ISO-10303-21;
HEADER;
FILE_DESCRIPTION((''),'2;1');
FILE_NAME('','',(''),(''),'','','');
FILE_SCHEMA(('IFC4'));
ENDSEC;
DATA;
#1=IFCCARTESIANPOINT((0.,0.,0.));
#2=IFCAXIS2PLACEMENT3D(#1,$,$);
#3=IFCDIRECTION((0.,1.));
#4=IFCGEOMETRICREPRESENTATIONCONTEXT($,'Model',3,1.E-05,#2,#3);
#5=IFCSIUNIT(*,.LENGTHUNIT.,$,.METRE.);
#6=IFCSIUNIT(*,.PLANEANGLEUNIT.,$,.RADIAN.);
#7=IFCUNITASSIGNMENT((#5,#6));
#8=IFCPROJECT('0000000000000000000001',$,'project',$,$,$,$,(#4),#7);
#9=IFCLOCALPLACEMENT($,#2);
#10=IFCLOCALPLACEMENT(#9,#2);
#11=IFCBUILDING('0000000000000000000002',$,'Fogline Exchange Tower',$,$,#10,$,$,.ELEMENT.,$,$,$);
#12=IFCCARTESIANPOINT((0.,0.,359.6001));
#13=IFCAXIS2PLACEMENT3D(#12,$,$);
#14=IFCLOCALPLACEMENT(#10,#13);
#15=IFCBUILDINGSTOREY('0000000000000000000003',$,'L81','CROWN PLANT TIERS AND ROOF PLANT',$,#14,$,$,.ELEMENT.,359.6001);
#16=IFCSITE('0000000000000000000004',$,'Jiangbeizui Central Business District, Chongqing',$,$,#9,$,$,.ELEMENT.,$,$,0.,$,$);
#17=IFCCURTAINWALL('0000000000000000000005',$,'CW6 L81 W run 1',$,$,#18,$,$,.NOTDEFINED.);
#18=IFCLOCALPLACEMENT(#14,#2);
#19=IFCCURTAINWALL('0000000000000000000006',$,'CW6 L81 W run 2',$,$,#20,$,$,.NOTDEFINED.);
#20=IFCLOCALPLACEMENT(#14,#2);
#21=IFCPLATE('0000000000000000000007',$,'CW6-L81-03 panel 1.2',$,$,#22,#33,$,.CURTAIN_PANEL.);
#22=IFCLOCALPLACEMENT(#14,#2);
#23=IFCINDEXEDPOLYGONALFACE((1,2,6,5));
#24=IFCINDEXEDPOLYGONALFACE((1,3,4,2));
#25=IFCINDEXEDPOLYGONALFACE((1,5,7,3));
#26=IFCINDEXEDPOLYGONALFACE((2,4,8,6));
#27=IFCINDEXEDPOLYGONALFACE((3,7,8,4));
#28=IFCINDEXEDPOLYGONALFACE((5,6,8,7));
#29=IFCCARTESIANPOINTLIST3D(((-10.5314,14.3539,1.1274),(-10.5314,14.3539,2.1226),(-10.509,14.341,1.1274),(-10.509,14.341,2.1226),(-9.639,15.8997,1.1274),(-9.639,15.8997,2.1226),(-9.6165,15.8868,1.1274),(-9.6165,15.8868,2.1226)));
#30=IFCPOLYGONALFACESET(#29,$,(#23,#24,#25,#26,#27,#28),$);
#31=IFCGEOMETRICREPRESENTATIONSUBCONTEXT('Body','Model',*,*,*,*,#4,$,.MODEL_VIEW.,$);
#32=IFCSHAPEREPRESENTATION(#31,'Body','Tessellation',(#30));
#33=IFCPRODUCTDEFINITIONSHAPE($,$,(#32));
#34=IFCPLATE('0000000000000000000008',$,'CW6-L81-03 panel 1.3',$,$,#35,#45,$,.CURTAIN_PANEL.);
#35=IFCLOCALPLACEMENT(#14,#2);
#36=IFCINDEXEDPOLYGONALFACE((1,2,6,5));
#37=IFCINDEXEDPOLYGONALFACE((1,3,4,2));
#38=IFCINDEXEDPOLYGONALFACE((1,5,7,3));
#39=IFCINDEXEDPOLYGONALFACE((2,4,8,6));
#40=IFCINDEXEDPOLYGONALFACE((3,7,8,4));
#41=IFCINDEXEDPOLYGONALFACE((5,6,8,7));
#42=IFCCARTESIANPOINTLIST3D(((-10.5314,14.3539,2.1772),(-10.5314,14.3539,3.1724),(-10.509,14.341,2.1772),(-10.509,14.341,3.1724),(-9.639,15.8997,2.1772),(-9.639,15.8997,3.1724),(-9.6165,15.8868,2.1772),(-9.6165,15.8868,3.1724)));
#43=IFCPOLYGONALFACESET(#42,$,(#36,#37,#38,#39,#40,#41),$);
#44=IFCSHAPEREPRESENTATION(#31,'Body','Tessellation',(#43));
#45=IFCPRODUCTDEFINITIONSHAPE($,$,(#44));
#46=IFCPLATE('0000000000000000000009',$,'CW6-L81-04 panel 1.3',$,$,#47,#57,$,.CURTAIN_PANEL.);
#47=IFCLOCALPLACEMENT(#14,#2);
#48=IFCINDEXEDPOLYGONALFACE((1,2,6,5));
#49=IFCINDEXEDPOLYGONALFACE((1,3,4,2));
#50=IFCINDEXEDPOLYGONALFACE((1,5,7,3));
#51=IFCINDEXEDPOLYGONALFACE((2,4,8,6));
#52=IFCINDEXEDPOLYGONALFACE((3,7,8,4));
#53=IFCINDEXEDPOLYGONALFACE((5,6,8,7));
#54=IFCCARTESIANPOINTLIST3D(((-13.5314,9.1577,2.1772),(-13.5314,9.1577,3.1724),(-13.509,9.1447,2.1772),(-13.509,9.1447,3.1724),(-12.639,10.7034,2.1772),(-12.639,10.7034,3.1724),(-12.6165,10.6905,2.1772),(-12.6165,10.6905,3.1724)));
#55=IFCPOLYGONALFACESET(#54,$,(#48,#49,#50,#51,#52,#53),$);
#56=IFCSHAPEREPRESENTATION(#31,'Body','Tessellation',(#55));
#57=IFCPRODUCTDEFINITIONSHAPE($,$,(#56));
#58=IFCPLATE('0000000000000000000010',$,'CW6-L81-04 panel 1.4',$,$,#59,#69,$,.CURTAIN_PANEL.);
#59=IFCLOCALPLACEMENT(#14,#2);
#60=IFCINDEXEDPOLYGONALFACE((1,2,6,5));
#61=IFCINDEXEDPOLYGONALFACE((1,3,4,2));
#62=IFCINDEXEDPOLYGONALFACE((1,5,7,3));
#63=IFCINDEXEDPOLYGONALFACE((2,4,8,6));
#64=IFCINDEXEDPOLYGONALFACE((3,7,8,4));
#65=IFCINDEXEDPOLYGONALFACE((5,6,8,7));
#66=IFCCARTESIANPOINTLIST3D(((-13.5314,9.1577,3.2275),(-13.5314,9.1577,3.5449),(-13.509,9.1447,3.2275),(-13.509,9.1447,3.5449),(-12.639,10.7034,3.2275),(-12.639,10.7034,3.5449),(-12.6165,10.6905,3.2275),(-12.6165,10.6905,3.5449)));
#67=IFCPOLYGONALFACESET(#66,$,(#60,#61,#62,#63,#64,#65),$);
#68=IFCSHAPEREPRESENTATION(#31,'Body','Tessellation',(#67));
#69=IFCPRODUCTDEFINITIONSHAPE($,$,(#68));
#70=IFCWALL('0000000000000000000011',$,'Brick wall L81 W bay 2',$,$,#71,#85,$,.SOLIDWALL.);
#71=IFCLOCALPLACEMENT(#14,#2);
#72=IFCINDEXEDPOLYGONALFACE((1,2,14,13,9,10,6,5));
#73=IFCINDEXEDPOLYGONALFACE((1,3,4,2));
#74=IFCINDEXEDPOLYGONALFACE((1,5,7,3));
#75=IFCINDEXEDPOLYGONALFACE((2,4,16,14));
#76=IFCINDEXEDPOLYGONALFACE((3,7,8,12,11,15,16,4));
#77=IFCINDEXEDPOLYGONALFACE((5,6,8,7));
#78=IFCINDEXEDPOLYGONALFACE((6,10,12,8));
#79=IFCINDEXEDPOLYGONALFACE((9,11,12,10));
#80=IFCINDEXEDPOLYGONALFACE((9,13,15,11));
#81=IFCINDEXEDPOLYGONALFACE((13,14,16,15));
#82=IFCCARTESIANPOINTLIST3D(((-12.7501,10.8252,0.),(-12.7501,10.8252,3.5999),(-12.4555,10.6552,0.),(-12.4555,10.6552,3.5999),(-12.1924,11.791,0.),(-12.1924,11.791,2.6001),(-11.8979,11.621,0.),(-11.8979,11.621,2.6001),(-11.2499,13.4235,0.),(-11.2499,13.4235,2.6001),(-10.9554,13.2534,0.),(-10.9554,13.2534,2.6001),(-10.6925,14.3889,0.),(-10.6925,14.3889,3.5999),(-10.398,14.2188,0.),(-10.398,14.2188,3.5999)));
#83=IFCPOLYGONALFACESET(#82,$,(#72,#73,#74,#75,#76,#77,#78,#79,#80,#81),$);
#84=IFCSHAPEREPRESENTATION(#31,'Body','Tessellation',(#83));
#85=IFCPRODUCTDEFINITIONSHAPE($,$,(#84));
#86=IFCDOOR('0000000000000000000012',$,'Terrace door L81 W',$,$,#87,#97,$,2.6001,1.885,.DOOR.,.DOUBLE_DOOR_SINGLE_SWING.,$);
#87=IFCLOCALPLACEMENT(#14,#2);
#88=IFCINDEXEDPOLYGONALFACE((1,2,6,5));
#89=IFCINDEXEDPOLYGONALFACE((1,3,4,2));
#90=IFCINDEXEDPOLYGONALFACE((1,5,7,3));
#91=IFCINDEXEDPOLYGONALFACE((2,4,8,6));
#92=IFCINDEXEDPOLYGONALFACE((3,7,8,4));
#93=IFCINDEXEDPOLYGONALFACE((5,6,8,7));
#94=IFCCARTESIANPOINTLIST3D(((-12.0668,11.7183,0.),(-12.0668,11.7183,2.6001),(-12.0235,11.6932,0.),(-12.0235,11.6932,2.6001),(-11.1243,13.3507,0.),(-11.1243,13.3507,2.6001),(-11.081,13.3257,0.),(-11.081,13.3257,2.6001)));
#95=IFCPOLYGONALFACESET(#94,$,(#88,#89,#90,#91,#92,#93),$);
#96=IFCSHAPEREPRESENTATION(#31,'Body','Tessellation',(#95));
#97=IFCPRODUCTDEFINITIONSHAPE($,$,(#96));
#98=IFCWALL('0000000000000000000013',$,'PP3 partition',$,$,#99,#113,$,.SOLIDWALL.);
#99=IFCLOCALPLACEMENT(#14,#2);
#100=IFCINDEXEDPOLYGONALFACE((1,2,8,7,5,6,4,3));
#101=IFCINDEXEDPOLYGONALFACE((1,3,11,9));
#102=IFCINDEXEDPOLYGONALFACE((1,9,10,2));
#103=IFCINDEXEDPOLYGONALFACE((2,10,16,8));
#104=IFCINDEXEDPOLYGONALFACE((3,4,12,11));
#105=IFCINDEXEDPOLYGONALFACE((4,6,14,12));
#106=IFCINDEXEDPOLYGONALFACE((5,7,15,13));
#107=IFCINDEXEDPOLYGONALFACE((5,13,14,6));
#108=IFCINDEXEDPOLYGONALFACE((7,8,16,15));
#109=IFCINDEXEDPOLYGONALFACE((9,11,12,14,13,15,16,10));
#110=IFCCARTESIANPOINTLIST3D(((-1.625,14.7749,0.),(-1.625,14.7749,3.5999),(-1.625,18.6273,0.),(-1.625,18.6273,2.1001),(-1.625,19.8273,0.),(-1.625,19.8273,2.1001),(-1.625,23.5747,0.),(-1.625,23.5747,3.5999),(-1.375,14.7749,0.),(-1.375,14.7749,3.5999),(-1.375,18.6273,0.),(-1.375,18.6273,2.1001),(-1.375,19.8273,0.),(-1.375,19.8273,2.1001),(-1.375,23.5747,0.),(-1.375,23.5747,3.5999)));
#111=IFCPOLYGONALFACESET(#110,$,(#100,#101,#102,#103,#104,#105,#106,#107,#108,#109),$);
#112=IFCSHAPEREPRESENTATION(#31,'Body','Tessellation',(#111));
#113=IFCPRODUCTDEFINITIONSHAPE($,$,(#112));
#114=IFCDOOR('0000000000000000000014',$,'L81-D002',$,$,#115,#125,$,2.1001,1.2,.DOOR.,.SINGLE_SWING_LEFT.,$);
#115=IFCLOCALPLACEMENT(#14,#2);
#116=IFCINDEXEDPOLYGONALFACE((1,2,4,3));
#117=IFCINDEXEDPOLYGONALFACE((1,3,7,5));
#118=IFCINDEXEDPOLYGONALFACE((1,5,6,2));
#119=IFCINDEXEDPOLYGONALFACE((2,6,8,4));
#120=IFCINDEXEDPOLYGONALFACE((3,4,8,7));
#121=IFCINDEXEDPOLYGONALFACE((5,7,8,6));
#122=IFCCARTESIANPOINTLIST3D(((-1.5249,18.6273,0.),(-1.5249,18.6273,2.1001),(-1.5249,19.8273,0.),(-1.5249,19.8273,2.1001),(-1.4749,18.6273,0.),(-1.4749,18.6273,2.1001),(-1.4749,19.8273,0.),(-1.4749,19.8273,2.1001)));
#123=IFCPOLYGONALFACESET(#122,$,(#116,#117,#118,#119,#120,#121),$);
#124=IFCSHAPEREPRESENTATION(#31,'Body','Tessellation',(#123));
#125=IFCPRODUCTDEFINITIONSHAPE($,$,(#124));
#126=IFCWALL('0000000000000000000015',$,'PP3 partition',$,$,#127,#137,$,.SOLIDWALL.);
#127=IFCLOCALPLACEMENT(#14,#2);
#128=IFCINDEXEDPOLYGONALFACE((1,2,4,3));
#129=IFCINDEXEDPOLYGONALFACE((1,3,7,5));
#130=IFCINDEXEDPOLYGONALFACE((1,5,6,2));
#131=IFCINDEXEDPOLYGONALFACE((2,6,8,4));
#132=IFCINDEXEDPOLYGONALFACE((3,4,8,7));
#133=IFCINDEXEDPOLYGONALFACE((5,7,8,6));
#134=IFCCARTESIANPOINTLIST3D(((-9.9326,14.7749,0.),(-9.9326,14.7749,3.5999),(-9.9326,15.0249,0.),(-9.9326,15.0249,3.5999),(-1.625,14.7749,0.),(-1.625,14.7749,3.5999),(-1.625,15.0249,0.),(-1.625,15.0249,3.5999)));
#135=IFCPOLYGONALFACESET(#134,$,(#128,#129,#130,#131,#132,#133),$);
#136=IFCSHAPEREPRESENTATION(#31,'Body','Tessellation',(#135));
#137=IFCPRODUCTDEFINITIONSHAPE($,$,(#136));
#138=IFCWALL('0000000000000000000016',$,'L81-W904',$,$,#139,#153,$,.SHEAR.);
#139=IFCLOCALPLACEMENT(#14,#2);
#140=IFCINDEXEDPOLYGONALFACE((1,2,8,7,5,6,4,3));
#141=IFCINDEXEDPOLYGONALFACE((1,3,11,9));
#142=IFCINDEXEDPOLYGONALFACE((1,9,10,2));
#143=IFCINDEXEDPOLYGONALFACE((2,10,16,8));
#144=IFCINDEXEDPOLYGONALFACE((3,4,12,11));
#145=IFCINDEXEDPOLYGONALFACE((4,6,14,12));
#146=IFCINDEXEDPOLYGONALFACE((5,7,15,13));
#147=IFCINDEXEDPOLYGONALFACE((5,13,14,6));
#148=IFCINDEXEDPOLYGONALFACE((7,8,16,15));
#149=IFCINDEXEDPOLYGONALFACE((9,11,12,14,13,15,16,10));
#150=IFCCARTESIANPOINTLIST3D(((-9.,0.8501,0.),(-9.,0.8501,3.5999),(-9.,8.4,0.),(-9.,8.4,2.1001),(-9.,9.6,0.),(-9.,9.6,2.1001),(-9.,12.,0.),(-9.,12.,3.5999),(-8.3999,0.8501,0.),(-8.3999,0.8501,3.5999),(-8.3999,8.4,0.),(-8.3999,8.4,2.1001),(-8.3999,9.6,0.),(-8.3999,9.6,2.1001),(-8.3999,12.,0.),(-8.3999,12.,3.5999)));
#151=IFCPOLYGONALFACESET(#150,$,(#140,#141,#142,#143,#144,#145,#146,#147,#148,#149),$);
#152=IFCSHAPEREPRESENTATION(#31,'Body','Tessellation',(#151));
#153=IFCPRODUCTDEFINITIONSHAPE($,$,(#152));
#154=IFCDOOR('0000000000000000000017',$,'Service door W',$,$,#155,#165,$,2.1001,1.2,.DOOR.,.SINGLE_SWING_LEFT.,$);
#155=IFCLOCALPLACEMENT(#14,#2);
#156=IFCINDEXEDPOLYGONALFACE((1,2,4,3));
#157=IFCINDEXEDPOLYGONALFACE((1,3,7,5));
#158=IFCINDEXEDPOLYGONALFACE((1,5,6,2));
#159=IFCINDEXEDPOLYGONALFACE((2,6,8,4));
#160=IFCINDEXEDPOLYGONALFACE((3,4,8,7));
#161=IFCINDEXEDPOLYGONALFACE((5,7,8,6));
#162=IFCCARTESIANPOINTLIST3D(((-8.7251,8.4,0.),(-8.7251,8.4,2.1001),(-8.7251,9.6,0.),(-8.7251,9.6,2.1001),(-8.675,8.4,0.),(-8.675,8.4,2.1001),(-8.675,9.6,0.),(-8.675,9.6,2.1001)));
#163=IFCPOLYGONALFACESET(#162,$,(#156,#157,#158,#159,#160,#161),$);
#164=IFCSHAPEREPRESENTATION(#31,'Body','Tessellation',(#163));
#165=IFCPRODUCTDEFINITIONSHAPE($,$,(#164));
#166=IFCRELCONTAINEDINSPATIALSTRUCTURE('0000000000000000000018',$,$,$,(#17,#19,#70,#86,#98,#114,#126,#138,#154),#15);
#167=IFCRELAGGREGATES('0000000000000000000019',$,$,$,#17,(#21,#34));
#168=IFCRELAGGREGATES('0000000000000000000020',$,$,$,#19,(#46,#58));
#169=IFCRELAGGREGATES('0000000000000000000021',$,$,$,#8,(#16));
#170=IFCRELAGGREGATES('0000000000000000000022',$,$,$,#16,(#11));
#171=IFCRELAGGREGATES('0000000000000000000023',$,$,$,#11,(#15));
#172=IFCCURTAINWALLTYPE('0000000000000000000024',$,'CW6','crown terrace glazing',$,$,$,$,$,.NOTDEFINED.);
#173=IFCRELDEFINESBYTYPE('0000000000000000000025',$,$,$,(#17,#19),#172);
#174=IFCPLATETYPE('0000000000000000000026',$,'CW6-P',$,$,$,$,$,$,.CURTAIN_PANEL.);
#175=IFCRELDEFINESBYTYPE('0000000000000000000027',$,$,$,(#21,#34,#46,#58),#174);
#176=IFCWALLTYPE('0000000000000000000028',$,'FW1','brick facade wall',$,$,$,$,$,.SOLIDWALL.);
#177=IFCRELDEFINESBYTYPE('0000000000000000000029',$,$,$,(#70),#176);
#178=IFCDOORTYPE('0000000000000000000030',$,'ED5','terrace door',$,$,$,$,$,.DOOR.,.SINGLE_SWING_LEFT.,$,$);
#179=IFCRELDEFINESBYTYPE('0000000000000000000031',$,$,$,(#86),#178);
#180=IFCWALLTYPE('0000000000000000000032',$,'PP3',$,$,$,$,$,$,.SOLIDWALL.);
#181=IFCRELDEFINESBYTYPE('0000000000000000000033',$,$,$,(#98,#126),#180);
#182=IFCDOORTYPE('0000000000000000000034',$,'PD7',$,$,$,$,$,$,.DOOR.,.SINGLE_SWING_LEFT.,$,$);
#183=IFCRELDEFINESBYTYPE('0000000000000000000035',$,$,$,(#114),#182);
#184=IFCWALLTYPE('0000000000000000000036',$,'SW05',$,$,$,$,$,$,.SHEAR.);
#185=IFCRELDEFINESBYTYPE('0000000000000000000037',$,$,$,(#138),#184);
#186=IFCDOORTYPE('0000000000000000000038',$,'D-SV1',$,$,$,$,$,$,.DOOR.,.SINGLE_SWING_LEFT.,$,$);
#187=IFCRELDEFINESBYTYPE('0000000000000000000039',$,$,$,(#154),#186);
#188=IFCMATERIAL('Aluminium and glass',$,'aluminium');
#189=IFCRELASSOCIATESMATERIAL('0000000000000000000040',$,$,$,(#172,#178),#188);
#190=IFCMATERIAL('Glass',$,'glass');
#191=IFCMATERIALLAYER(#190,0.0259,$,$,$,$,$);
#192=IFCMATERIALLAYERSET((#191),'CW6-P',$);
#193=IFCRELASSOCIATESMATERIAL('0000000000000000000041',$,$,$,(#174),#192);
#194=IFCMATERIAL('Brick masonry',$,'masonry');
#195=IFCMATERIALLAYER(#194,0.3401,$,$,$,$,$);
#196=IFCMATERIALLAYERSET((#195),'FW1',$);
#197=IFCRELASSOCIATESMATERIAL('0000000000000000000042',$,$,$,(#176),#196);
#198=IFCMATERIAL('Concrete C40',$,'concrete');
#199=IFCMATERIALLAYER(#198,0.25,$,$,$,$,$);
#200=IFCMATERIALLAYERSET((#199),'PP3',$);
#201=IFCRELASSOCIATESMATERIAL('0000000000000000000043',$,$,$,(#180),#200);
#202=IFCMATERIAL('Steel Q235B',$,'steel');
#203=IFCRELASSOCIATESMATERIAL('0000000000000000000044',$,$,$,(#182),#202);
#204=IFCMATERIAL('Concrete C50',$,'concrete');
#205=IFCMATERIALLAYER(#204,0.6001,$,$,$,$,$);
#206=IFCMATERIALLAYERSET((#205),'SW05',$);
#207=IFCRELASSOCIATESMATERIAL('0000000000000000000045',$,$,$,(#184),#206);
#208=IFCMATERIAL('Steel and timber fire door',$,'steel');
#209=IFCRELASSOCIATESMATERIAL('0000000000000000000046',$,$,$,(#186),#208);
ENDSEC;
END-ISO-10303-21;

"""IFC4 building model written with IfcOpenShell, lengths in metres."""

from ifc_helpers import new_model, si_unit, direction, frame, frame_2d, origin, origin_2d, place, context, subcontext, project, spatial, rectangle, extrude, material, layer, layer_set, type_object, element, fill, aggregate, save


model = new_model("IFC4")

# Units and contexts
model_context = context("Model", 3, precision=1e-05, world=origin(), true_north=direction((0.0, 1.0)))
body_context = subcontext(model_context, "Body", "Model", "MODEL_VIEW")
ifc_project = project(units=[si_unit("LENGTHUNIT", "METRE"), si_unit("PLANEANGLEUNIT", "RADIAN")], contexts=[model_context])

# Site, building, storey
site_placement = place(None, origin())
site = spatial("IfcSite", under=ifc_project, at=site_placement, Name="Jiangbeizui Central Business District, Chongqing", CompositionType="ELEMENT", RefElevation=0.0)
building_placement = place(site_placement, origin())
building = spatial("IfcBuilding", under=site, at=building_placement, Name="Fogline Exchange Tower", CompositionType="ELEMENT")
storey_placement = place(building_placement, frame((0.0, 0.0, 359.6001)))
storey = spatial("IfcBuildingStorey", under=building, at=storey_placement, Name="L81", Description="CROWN PLANT TIERS AND ROOF PLANT", CompositionType="ELEMENT", Elevation=359.6001)

# Shared definitions
ifc_material_1 = material(Name="Concrete C40", Category="concrete")

# Curtain wall
ifc_material_2 = material(Name="Aluminium and glass", Category="aluminium")
curtain_wall_type = type_object("IfcCurtainWallType", Name="CW6", Description="crown terrace glazing", PredefinedType="NOTDEFINED", material=ifc_material_2)
curtain_wall_1_placement = place(storey_placement, origin())
curtain_wall_1 = element("IfcCurtainWall", 1, at=curtain_wall_1_placement, inside=storey, type_object=curtain_wall_type, Name="CW6 L81 W run 1", PredefinedType="NOTDEFINED")

# Curtain wall
curtain_wall_2_placement = place(storey_placement, origin())
curtain_wall_2 = element("IfcCurtainWall", 2, at=curtain_wall_2_placement, inside=storey, type_object=curtain_wall_type, Name="CW6 L81 W run 2", PredefinedType="NOTDEFINED")

# Plates
ifc_material_3 = material(Name="Glass", Category="glass")
ifc_layer_1 = layer(ifc_material_3, 0.0259)
ifc_layer_set_1 = layer_set([ifc_layer_1], Name="CW6-P")
plate_type = type_object("IfcPlateType", Name="CW6-P", PredefinedType="CURTAIN_PANEL", material=ifc_layer_set_1)
plate_1_placement = place(storey_placement, frame((-10.074, 15.1204, 1.1274), z_axis=(0.0, 0.0, 1.0), x_axis=(-0.5, -0.866026, 0.0)))
plate_1 = element("IfcPlate", 3, at=plate_1_placement, type_object=plate_type, Name="CW6-L81-03 panel 1.2", PredefinedType="CURTAIN_PANEL", context=body_context, shape_type="SweptSolid", body=[
    extrude(rectangle(XDim=1.7849, YDim=0.0259, at=origin_2d()), origin(), (0.0, 0.0, 1.0), 0.9951),
])
plate_2_placement = place(storey_placement, frame((-10.074, 15.1204, 2.1772), z_axis=(0.0, 0.0, 1.0), x_axis=(-0.5, -0.866026, 0.0)))
plate_2 = element("IfcPlate", 4, at=plate_2_placement, type_object=plate_type, Name="CW6-L81-03 panel 1.3", PredefinedType="CURTAIN_PANEL", context=body_context, shape_type="SweptSolid", body=[
    extrude(rectangle(XDim=1.7849, YDim=0.0259, at=origin_2d()), origin(), (0.0, 0.0, 1.0), 0.9951),
])
aggregate(curtain_wall_1, [plate_1, plate_2])
plate_3_placement = place(storey_placement, frame((-13.074, 9.9241, 2.1772), z_axis=(0.0, 0.0, 1.0), x_axis=(-0.5, -0.866026, 0.0)))
plate_3 = element("IfcPlate", 5, at=plate_3_placement, type_object=plate_type, Name="CW6-L81-04 panel 1.3", PredefinedType="CURTAIN_PANEL", context=body_context, shape_type="SweptSolid", body=[
    extrude(rectangle(XDim=1.7849, YDim=0.0259, at=origin_2d()), origin(), (0.0, 0.0, 1.0), 0.9951),
])
plate_4_placement = place(storey_placement, frame((-13.074, 9.9241, 3.2275), z_axis=(0.0, 0.0, 1.0), x_axis=(-0.5, -0.866026, 0.0)))
plate_4 = element("IfcPlate", 6, at=plate_4_placement, type_object=plate_type, Name="CW6-L81-04 panel 1.4", PredefinedType="CURTAIN_PANEL", context=body_context, shape_type="SweptSolid", body=[
    extrude(rectangle(XDim=1.7849, YDim=0.0259, at=origin_2d()), origin(), (0.0, 0.0, 1.0), 0.3174),
])
aggregate(curtain_wall_2, [plate_3, plate_4])

# Walls, openings, doors
ifc_material_4 = material(Name="Brick masonry", Category="masonry")
ifc_layer_2 = layer(ifc_material_4, 0.3401)
ifc_layer_set_2 = layer_set([ifc_layer_2], Name="FW1")
wall_type_1 = type_object("IfcWallType", Name="FW1", Description="brick facade wall", PredefinedType="SOLIDWALL", material=ifc_layer_set_2)
wall_1_placement = place(storey_placement, frame((-10.5452, 14.304, 0.0), z_axis=(0.0, 0.0, 1.0), x_axis=(-0.500019, -0.866015, 0.0)))
wall_1 = element("IfcWall", 7, at=wall_1_placement, inside=storey, type_object=wall_type_1, Name="Brick wall L81 W bay 2", PredefinedType="SOLIDWALL", context=body_context, shape_type="SweptSolid", body=[
    extrude(rectangle(XDim=4.115, YDim=0.3401, at=frame_2d((2.0576, 0.0))), origin(), (0.0, 0.0, 1.0), 3.5999),
])
opening_1_placement = place(wall_1_placement, frame((1.115, 0.0, 0.0)))
opening_1 = element("IfcOpeningElement", 8, at=opening_1_placement, cuts=wall_1, PredefinedType="OPENING", context=body_context, shape_type="SweptSolid", body=[
    extrude(rectangle(XDim=1.885, YDim=2.6001, at=frame_2d((0.9424, 1.3))), frame((0.0, 0.1802, 0.0), z_axis=(0.0, -1.0, 0.0), x_axis=(1.0, 0.0, 0.0)), (0.0, 0.0, 1.0), 0.3601),
])
door_type_1 = type_object("IfcDoorType", Name="ED5", Description="terrace door", OperationType="SINGLE_SWING_LEFT", PredefinedType="DOOR", material=ifc_material_2)
door_1_placement = place(opening_1_placement, frame((1.885, 0.0, 0.0), z_axis=(0.0, 0.0, 1.0), x_axis=(-1.0, 0.0, 0.0)))
door_1 = element("IfcDoor", 9, at=door_1_placement, inside=storey, type_object=door_type_1, Name="Terrace door L81 W", OperationType="DOUBLE_DOOR_SINGLE_SWING", OverallHeight=2.6001, OverallWidth=1.885, PredefinedType="DOOR", context=body_context, shape_type="SweptSolid", body=[
    extrude(rectangle(XDim=1.885, YDim=2.6001, at=frame_2d((0.9424, 1.3))), frame((0.0, 0.0249, 0.0), z_axis=(0.0, -1.0, 0.0), x_axis=(1.0, 0.0, 0.0)), (0.0, 0.0, 1.0), 0.05),
])
fill(opening_1, door_1)
ifc_layer_3 = layer(ifc_material_1, 0.25)
ifc_layer_set_3 = layer_set([ifc_layer_3], Name="PP3")
wall_type_2 = type_object("IfcWallType", Name="PP3", PredefinedType="SOLIDWALL", material=ifc_layer_set_3)
wall_2_placement = place(storey_placement, frame((-1.5, 14.7749, 0.0), z_axis=(0.0, 0.0, 1.0), x_axis=(0.0, 1.0, 0.0)))
wall_2 = element("IfcWall", 10, at=wall_2_placement, inside=storey, type_object=wall_type_2, Name="PP3 partition", PredefinedType="SOLIDWALL", context=body_context, shape_type="SweptSolid", body=[
    extrude(rectangle(XDim=8.7998, YDim=0.25, at=frame_2d((4.3999, 0.0))), origin(), (0.0, 0.0, 1.0), 3.5999),
])
opening_2_placement = place(wall_2_placement, frame((3.8523, 0.0, 0.0)))
opening_2 = element("IfcOpeningElement", 11, at=opening_2_placement, cuts=wall_2, PredefinedType="OPENING", context=body_context, shape_type="SweptSolid", body=[
    extrude(rectangle(XDim=1.2, YDim=2.1001, at=frame_2d((0.6001, 1.05))), frame((0.0, 0.135, 0.0), z_axis=(0.0, -1.0, 0.0), x_axis=(1.0, 0.0, 0.0)), (0.0, 0.0, 1.0), 0.27),
])
ifc_material_5 = material(Name="Steel Q235B", Category="steel")
door_type_2 = type_object("IfcDoorType", Name="PD7", OperationType="SINGLE_SWING_LEFT", PredefinedType="DOOR", material=ifc_material_5)
door_2_placement = place(opening_2_placement, origin())
door_2 = element("IfcDoor", 12, at=door_2_placement, inside=storey, type_object=door_type_2, Name="L81-D002", OperationType="SINGLE_SWING_LEFT", OverallHeight=2.1001, OverallWidth=1.2, PredefinedType="DOOR", context=body_context, shape_type="SweptSolid", body=[
    extrude(rectangle(XDim=1.2, YDim=2.1001, at=frame_2d((0.6001, 1.05))), frame((0.0, 0.0249, 0.0), z_axis=(0.0, -1.0, 0.0), x_axis=(1.0, 0.0, 0.0)), (0.0, 0.0, 1.0), 0.05),
])
fill(opening_2, door_2)

# Wall
wall_3_placement = place(storey_placement, frame((-9.9326, 14.8999, 0.0), z_axis=(0.0, 0.0, 1.0), x_axis=(1.0, 0.0, 0.0)))
element("IfcWall", 13, at=wall_3_placement, inside=storey, type_object=wall_type_2, Name="PP3 partition", PredefinedType="SOLIDWALL", context=body_context, shape_type="SweptSolid", body=[
    extrude(rectangle(XDim=8.3076, YDim=0.25, at=frame_2d((4.1538, 0.0))), origin(), (0.0, 0.0, 1.0), 3.5999),
])

# Wall, opening, door
ifc_material_6 = material(Name="Concrete C50", Category="concrete")
ifc_layer_4 = layer(ifc_material_6, 0.6001)
ifc_layer_set_4 = layer_set([ifc_layer_4], Name="SW05")
wall_type_3 = type_object("IfcWallType", Name="SW05", PredefinedType="SHEAR", material=ifc_layer_set_4)
wall_4_placement = place(storey_placement, frame((-8.7, 12.0, 0.0), z_axis=(0.0, 0.0, 1.0), x_axis=(0.0, -1.0, 0.0)))
wall_4 = element("IfcWall", 14, at=wall_4_placement, inside=storey, type_object=wall_type_3, Name="L81-W904", PredefinedType="SHEAR", context=body_context, shape_type="SweptSolid", body=[
    extrude(rectangle(XDim=11.1499, YDim=0.6001, at=frame_2d((5.575, 0.0))), origin(), (0.0, 0.0, 1.0), 3.5999),
])
opening_3_placement = place(wall_4_placement, frame((2.3999, 0.0, 0.0)))
opening_3 = element("IfcOpeningElement", 15, at=opening_3_placement, cuts=wall_4, PredefinedType="OPENING", context=body_context, shape_type="SweptSolid", body=[
    extrude(rectangle(XDim=1.2, YDim=2.1001, at=frame_2d((0.6001, 1.05))), frame((0.0, 0.3101, 0.0), z_axis=(0.0, -1.0, 0.0), x_axis=(1.0, 0.0, 0.0)), (0.0, 0.0, 1.0), 0.6201),
])
ifc_material_7 = material(Name="Steel and timber fire door", Category="steel")
door_type_3 = type_object("IfcDoorType", Name="D-SV1", OperationType="SINGLE_SWING_LEFT", PredefinedType="DOOR", material=ifc_material_7)
door_3_placement = place(opening_3_placement, origin())
door_3 = element("IfcDoor", 16, at=door_3_placement, inside=storey, type_object=door_type_3, Name="Service door W", OperationType="SINGLE_SWING_LEFT", OverallHeight=2.1001, OverallWidth=1.2, PredefinedType="DOOR", context=body_context, shape_type="SweptSolid", body=[
    extrude(rectangle(XDim=1.2, YDim=2.1001, at=frame_2d((0.6001, 1.05))), frame((0.0, 0.0249, 0.0), z_axis=(0.0, -1.0, 0.0), x_axis=(1.0, 0.0, 0.0)), (0.0, 0.0, 1.0), 0.05),
])
fill(opening_3, door_3)

save(model, "model.ifc")
